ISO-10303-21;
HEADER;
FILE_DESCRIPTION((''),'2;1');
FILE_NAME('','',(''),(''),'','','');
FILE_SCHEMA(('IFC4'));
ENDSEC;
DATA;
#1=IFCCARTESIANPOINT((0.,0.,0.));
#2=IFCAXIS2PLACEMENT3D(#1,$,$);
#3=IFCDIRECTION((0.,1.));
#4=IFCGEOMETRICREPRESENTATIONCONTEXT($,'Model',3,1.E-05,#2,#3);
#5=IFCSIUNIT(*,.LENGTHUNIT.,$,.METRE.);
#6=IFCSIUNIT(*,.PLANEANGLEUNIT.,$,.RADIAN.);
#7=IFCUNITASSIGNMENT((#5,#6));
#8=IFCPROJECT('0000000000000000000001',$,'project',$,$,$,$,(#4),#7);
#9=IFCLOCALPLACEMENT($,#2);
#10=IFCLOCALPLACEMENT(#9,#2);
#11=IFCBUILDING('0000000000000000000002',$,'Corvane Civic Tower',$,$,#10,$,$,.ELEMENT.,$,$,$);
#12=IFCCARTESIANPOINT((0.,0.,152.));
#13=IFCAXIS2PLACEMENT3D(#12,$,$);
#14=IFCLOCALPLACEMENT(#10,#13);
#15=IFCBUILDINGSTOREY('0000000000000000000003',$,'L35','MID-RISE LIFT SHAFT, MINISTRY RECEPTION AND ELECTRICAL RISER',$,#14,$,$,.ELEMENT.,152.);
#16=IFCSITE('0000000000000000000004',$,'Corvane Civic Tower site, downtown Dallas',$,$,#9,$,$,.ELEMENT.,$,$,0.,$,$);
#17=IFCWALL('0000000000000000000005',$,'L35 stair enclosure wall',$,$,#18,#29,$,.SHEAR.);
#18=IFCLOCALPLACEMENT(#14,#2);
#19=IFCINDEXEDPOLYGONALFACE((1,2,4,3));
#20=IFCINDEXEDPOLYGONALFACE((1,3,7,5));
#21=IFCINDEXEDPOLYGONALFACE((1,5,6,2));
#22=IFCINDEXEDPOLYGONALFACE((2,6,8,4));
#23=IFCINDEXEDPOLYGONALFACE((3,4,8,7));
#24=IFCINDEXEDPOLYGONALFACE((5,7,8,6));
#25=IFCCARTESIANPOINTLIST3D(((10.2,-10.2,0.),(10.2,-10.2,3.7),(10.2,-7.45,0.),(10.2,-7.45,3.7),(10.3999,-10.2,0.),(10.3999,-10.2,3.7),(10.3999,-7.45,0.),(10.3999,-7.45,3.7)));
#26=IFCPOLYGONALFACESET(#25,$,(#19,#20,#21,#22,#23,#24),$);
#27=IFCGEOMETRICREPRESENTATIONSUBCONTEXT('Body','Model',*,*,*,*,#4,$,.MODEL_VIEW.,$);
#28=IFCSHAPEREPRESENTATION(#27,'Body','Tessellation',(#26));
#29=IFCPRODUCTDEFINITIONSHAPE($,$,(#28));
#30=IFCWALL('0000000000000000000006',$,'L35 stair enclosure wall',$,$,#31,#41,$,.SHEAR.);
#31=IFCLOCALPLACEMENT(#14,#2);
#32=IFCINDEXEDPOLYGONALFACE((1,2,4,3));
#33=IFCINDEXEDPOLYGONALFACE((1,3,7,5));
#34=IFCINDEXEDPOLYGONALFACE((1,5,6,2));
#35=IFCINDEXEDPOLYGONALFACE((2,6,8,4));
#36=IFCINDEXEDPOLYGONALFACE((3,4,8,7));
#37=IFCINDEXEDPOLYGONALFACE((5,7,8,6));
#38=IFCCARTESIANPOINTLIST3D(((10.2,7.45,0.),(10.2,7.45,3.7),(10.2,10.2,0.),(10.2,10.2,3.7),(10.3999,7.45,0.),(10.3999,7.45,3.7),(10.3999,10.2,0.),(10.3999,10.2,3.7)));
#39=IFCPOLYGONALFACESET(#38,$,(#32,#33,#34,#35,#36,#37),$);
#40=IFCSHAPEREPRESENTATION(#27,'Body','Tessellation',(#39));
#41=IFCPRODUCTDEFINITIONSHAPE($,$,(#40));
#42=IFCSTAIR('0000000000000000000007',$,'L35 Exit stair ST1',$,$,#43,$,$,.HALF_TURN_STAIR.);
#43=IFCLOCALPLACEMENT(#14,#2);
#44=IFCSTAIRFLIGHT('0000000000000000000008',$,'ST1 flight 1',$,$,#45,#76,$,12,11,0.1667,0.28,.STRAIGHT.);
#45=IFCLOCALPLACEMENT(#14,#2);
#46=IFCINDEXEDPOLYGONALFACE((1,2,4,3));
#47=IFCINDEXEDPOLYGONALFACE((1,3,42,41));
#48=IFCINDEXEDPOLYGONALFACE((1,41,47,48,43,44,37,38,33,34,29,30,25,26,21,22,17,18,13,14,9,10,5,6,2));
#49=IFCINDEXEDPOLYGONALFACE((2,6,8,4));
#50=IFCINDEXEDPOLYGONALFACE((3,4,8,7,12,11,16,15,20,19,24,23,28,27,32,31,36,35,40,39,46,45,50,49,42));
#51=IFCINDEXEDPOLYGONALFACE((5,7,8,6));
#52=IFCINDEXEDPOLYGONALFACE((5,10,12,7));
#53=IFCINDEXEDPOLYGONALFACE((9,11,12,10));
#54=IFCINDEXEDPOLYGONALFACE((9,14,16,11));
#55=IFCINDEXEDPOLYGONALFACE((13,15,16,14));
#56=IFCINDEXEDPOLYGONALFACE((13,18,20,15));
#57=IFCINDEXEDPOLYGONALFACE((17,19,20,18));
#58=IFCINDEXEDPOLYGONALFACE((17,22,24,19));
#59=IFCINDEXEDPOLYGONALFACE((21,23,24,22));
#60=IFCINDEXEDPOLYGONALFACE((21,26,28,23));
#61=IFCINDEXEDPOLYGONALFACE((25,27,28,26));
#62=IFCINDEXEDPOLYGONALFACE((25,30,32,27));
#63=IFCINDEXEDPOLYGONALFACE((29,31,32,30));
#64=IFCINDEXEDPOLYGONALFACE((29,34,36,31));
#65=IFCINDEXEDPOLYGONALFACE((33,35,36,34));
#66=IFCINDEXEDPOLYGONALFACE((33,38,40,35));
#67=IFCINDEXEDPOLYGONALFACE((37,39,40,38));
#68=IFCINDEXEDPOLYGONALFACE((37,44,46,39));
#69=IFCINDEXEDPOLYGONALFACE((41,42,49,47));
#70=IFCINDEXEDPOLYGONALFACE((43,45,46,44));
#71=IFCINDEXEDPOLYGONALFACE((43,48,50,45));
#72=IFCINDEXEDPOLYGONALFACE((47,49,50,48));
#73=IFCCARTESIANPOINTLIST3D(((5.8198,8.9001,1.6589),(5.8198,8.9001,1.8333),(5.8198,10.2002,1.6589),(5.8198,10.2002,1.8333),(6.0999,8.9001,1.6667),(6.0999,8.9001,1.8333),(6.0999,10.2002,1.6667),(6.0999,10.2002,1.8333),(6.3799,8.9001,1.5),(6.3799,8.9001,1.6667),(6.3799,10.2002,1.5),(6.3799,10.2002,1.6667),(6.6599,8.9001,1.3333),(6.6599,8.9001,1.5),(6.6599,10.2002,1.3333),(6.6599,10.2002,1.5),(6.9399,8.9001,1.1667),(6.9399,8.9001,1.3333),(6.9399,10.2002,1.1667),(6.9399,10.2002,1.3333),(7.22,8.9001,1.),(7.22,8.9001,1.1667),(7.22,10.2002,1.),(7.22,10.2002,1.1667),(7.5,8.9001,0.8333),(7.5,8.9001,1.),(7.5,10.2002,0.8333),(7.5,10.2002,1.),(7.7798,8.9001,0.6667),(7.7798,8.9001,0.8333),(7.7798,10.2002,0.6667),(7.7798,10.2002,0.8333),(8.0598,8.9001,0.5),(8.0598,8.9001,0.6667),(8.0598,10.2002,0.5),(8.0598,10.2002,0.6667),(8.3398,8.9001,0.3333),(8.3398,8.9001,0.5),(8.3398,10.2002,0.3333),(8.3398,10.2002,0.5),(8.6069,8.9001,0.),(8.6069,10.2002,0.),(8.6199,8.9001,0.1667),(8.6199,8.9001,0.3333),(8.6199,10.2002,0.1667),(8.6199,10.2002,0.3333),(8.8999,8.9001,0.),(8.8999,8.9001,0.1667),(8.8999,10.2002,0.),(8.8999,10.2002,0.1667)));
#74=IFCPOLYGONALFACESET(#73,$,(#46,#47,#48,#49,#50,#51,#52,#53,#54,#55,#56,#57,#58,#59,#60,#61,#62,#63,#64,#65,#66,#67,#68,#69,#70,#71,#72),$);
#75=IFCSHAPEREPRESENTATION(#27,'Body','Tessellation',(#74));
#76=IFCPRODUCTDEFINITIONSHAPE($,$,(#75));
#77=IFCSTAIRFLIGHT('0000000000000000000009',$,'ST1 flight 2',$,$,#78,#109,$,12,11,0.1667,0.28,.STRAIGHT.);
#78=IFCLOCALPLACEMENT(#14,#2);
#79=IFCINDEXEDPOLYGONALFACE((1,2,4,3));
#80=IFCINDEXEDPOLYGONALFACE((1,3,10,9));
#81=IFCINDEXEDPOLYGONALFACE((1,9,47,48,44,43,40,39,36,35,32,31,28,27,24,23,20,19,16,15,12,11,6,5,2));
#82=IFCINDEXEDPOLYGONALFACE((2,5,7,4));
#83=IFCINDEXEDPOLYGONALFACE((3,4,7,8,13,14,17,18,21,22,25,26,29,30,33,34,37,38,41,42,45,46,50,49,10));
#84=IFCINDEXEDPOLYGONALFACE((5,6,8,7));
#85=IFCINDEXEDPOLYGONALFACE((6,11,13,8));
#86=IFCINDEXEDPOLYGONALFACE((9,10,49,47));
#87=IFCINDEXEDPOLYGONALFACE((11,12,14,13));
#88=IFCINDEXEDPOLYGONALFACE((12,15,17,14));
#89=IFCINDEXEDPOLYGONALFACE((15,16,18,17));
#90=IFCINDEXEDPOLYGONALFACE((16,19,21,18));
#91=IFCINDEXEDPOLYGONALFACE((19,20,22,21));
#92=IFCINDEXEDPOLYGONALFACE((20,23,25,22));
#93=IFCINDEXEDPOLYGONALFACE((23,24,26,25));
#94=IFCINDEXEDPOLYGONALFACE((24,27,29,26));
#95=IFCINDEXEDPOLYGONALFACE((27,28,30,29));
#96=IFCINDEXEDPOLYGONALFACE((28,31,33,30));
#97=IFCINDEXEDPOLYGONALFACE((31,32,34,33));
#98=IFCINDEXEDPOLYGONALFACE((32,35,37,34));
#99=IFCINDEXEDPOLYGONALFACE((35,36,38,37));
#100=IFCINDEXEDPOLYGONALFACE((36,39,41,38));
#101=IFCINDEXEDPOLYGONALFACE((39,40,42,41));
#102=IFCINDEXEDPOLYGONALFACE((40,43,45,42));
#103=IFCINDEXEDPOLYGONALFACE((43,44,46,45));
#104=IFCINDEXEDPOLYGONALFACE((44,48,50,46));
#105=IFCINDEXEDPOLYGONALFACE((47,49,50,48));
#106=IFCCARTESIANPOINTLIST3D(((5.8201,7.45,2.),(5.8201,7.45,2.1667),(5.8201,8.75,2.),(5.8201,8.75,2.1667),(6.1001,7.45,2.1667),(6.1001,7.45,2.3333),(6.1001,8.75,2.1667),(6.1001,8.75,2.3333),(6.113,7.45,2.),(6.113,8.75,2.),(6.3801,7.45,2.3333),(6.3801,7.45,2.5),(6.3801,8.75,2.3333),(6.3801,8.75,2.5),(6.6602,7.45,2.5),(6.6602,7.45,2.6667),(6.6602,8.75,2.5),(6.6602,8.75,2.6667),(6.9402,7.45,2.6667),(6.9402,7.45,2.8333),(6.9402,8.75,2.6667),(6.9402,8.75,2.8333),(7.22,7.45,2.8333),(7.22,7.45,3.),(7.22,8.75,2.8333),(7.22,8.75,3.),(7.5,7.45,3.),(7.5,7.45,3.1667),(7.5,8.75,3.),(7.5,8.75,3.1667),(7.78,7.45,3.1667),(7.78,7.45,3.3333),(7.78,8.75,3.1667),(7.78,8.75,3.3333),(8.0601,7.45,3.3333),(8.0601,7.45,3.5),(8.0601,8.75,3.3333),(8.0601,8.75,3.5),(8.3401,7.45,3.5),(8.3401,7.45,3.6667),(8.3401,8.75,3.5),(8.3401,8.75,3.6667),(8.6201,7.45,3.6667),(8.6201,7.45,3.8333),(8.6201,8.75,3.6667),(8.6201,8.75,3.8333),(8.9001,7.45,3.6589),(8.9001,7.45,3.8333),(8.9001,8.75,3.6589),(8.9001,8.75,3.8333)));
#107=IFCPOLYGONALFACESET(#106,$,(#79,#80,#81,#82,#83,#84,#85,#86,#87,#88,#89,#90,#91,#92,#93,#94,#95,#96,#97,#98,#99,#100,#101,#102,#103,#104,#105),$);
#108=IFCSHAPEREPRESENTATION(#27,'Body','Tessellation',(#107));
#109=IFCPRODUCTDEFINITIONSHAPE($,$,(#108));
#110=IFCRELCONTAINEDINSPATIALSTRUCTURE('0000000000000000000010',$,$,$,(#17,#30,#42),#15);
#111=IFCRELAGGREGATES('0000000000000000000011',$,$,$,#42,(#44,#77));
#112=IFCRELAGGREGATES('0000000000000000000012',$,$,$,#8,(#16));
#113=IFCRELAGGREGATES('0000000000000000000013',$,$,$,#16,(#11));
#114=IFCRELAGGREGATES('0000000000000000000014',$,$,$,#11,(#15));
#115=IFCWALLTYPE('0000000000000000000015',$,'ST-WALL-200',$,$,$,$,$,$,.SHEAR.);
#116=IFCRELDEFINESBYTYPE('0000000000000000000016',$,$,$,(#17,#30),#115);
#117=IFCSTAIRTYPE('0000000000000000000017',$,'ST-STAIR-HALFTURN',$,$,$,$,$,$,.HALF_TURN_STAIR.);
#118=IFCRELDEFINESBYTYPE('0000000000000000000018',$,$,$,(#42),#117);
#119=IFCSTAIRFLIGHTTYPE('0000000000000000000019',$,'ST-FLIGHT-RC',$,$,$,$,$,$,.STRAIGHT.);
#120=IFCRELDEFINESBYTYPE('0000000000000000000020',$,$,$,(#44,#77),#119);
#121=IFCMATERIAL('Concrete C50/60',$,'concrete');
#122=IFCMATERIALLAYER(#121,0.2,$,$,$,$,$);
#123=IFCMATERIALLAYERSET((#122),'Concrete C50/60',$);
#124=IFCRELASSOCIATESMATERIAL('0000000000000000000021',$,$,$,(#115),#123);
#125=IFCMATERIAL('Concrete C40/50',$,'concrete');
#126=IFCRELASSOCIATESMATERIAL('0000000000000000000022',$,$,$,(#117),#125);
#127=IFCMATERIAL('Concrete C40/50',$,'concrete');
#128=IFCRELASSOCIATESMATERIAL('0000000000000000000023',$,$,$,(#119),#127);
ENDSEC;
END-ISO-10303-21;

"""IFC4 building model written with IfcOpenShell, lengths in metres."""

from ifc_helpers import new_model, si_unit, direction, frame, origin, place, context, subcontext, project, spatial, polyline, outline, extrude, material, layer, layer_set, type_object, element, aggregate, save


model = new_model("IFC4")

# Units and contexts
model_context = context("Model", 3, precision=1e-05, world=origin(), true_north=direction((0.0, 1.0)))
body_context = subcontext(model_context, "Body", "Model", "MODEL_VIEW")
ifc_project = project(units=[si_unit("LENGTHUNIT", "METRE"), si_unit("PLANEANGLEUNIT", "RADIAN")], contexts=[model_context])

# Site, building, storey
site_placement = place(None, origin())
site = spatial("IfcSite", under=ifc_project, at=site_placement, Name="Corvane Civic Tower site, downtown Dallas", CompositionType="ELEMENT", RefElevation=0.0)
building_placement = place(site_placement, origin())
building = spatial("IfcBuilding", under=site, at=building_placement, Name="Corvane Civic Tower", CompositionType="ELEMENT")
storey_placement = place(building_placement, frame((0.0, 0.0, 152.0)))
storey = spatial("IfcBuildingStorey", under=building, at=storey_placement, Name="L35", Description="MID-RISE LIFT SHAFT, MINISTRY RECEPTION AND ELECTRICAL RISER", CompositionType="ELEMENT", Elevation=152.0)

# Shared definitions
ifc_material_1 = material(Name="Concrete C50/60", Category="concrete")
ifc_layer_1 = layer(ifc_material_1, 0.2)
ifc_layer_set_1 = layer_set([ifc_layer_1], Name="Concrete C50/60")
wall_type_1 = type_object("IfcWallType", Name="ST-WALL-200", PredefinedType="SHEAR", material=ifc_layer_set_1)

# Walls
wall_1_placement = place(storey_placement, origin())
element("IfcWall", 1, at=wall_1_placement, inside=storey, type_object=wall_type_1, Name="L35 stair enclosure wall", PredefinedType="SHEAR", context=body_context, shape_type="SweptSolid", body=[
    extrude(outline(polyline([(10.3999, -7.45), (10.3999, -10.2), (10.2, -10.2), (10.2, -7.45), (10.3999, -7.45)])), origin(), (0.0, 0.0, 1.0), 3.7),
])
wall_2_placement = place(storey_placement, origin())
element("IfcWall", 2, at=wall_2_placement, inside=storey, type_object=wall_type_1, Name="L35 stair enclosure wall", PredefinedType="SHEAR", context=body_context, shape_type="SweptSolid", body=[
    extrude(outline(polyline([(10.3999, 7.45), (10.2, 7.45), (10.2, 10.2), (10.3999, 10.2), (10.3999, 7.45)])), origin(), (0.0, 0.0, 1.0), 3.7),
])

# Stair, stair flights
ifc_material_2 = material(Name="Concrete C40/50", Category="concrete")
stair_type = type_object("IfcStairType", Name="ST-STAIR-HALFTURN", PredefinedType="HALF_TURN_STAIR", material=ifc_material_2)
stair_placement = place(storey_placement, origin())
stair = element("IfcStair", 3, at=stair_placement, inside=storey, type_object=stair_type, Name="L35 Exit stair ST1", PredefinedType="HALF_TURN_STAIR")
ifc_material_3 = material(Name="Concrete C40/50", Category="concrete")
stair_flight_type = type_object("IfcStairFlightType", Name="ST-FLIGHT-RC", PredefinedType="STRAIGHT", material=ifc_material_3)
stair_flight_1_placement = place(storey_placement, frame((8.8999, 9.55, 0.0), z_axis=(0.0, 0.0, 1.0), x_axis=(-1.0, 0.0, 0.0)))
stair_flight_1 = element("IfcStairFlight", 4, at=stair_flight_1_placement, type_object=stair_flight_type, Name="ST1 flight 1", NumberOfRisers=12, NumberOfTreads=11, PredefinedType="STRAIGHT", RiserHeight=0.1667, TreadLength=0.28, context=body_context, shape_type="SweptSolid", body=[
    extrude(outline(polyline([(0.0, 0.0), (0.0, 0.1667), (0.28, 0.1667), (0.28, 0.3333), (0.5601, 0.3333), (0.5601, 0.5), (0.8401, 0.5), (0.8401, 0.6667), (1.1201, 0.6667), (1.1201, 0.8333), (1.3999, 0.8333), (1.3999, 1.0), (1.6799, 1.0), (1.6799, 1.1667), (1.96, 1.1667), (1.96, 1.3333), (2.24, 1.3333), (2.24, 1.5), (2.52, 1.5), (2.52, 1.6667), (2.8, 1.6667), (2.8, 1.8333), (3.0801, 1.8333), (3.0801, 2.0), (3.0801, 1.6589), (0.293, 0.0), (0.0, 0.0)])), frame((0.0, 0.6499, 0.0), z_axis=(0.0, -1.0, 0.0), x_axis=(1.0, 0.0, 0.0)), (0.0, 0.0, 1.0), 1.3),
])
stair_flight_2_placement = place(storey_placement, frame((5.8201, 8.1001, 2.0), z_axis=(0.0, 0.0, 1.0), x_axis=(1.0, 0.0, 0.0)))
stair_flight_2 = element("IfcStairFlight", 5, at=stair_flight_2_placement, type_object=stair_flight_type, Name="ST1 flight 2", NumberOfRisers=12, NumberOfTreads=11, PredefinedType="STRAIGHT", RiserHeight=0.1667, TreadLength=0.28, context=body_context, shape_type="SweptSolid", body=[
    extrude(outline(polyline([(0.0, 0.0), (0.0, 0.1667), (0.28, 0.1667), (0.28, 0.3333), (0.5601, 0.3333), (0.5601, 0.5), (0.8401, 0.5), (0.8401, 0.6667), (1.1201, 0.6667), (1.1201, 0.8333), (1.3999, 0.8333), (1.3999, 1.0), (1.6799, 1.0), (1.6799, 1.1667), (1.96, 1.1667), (1.96, 1.3333), (2.24, 1.3333), (2.24, 1.5), (2.52, 1.5), (2.52, 1.6667), (2.8, 1.6667), (2.8, 1.8333), (3.0801, 1.8333), (3.0801, 2.0), (3.0801, 1.6589), (0.293, 0.0), (0.0, 0.0)])), frame((0.0, 0.6499, 0.0), z_axis=(0.0, -1.0, 0.0), x_axis=(1.0, 0.0, 0.0)), (0.0, 0.0, 1.0), 1.3),
])
aggregate(stair, [stair_flight_1, stair_flight_2])

save(model, "model.ifc")
